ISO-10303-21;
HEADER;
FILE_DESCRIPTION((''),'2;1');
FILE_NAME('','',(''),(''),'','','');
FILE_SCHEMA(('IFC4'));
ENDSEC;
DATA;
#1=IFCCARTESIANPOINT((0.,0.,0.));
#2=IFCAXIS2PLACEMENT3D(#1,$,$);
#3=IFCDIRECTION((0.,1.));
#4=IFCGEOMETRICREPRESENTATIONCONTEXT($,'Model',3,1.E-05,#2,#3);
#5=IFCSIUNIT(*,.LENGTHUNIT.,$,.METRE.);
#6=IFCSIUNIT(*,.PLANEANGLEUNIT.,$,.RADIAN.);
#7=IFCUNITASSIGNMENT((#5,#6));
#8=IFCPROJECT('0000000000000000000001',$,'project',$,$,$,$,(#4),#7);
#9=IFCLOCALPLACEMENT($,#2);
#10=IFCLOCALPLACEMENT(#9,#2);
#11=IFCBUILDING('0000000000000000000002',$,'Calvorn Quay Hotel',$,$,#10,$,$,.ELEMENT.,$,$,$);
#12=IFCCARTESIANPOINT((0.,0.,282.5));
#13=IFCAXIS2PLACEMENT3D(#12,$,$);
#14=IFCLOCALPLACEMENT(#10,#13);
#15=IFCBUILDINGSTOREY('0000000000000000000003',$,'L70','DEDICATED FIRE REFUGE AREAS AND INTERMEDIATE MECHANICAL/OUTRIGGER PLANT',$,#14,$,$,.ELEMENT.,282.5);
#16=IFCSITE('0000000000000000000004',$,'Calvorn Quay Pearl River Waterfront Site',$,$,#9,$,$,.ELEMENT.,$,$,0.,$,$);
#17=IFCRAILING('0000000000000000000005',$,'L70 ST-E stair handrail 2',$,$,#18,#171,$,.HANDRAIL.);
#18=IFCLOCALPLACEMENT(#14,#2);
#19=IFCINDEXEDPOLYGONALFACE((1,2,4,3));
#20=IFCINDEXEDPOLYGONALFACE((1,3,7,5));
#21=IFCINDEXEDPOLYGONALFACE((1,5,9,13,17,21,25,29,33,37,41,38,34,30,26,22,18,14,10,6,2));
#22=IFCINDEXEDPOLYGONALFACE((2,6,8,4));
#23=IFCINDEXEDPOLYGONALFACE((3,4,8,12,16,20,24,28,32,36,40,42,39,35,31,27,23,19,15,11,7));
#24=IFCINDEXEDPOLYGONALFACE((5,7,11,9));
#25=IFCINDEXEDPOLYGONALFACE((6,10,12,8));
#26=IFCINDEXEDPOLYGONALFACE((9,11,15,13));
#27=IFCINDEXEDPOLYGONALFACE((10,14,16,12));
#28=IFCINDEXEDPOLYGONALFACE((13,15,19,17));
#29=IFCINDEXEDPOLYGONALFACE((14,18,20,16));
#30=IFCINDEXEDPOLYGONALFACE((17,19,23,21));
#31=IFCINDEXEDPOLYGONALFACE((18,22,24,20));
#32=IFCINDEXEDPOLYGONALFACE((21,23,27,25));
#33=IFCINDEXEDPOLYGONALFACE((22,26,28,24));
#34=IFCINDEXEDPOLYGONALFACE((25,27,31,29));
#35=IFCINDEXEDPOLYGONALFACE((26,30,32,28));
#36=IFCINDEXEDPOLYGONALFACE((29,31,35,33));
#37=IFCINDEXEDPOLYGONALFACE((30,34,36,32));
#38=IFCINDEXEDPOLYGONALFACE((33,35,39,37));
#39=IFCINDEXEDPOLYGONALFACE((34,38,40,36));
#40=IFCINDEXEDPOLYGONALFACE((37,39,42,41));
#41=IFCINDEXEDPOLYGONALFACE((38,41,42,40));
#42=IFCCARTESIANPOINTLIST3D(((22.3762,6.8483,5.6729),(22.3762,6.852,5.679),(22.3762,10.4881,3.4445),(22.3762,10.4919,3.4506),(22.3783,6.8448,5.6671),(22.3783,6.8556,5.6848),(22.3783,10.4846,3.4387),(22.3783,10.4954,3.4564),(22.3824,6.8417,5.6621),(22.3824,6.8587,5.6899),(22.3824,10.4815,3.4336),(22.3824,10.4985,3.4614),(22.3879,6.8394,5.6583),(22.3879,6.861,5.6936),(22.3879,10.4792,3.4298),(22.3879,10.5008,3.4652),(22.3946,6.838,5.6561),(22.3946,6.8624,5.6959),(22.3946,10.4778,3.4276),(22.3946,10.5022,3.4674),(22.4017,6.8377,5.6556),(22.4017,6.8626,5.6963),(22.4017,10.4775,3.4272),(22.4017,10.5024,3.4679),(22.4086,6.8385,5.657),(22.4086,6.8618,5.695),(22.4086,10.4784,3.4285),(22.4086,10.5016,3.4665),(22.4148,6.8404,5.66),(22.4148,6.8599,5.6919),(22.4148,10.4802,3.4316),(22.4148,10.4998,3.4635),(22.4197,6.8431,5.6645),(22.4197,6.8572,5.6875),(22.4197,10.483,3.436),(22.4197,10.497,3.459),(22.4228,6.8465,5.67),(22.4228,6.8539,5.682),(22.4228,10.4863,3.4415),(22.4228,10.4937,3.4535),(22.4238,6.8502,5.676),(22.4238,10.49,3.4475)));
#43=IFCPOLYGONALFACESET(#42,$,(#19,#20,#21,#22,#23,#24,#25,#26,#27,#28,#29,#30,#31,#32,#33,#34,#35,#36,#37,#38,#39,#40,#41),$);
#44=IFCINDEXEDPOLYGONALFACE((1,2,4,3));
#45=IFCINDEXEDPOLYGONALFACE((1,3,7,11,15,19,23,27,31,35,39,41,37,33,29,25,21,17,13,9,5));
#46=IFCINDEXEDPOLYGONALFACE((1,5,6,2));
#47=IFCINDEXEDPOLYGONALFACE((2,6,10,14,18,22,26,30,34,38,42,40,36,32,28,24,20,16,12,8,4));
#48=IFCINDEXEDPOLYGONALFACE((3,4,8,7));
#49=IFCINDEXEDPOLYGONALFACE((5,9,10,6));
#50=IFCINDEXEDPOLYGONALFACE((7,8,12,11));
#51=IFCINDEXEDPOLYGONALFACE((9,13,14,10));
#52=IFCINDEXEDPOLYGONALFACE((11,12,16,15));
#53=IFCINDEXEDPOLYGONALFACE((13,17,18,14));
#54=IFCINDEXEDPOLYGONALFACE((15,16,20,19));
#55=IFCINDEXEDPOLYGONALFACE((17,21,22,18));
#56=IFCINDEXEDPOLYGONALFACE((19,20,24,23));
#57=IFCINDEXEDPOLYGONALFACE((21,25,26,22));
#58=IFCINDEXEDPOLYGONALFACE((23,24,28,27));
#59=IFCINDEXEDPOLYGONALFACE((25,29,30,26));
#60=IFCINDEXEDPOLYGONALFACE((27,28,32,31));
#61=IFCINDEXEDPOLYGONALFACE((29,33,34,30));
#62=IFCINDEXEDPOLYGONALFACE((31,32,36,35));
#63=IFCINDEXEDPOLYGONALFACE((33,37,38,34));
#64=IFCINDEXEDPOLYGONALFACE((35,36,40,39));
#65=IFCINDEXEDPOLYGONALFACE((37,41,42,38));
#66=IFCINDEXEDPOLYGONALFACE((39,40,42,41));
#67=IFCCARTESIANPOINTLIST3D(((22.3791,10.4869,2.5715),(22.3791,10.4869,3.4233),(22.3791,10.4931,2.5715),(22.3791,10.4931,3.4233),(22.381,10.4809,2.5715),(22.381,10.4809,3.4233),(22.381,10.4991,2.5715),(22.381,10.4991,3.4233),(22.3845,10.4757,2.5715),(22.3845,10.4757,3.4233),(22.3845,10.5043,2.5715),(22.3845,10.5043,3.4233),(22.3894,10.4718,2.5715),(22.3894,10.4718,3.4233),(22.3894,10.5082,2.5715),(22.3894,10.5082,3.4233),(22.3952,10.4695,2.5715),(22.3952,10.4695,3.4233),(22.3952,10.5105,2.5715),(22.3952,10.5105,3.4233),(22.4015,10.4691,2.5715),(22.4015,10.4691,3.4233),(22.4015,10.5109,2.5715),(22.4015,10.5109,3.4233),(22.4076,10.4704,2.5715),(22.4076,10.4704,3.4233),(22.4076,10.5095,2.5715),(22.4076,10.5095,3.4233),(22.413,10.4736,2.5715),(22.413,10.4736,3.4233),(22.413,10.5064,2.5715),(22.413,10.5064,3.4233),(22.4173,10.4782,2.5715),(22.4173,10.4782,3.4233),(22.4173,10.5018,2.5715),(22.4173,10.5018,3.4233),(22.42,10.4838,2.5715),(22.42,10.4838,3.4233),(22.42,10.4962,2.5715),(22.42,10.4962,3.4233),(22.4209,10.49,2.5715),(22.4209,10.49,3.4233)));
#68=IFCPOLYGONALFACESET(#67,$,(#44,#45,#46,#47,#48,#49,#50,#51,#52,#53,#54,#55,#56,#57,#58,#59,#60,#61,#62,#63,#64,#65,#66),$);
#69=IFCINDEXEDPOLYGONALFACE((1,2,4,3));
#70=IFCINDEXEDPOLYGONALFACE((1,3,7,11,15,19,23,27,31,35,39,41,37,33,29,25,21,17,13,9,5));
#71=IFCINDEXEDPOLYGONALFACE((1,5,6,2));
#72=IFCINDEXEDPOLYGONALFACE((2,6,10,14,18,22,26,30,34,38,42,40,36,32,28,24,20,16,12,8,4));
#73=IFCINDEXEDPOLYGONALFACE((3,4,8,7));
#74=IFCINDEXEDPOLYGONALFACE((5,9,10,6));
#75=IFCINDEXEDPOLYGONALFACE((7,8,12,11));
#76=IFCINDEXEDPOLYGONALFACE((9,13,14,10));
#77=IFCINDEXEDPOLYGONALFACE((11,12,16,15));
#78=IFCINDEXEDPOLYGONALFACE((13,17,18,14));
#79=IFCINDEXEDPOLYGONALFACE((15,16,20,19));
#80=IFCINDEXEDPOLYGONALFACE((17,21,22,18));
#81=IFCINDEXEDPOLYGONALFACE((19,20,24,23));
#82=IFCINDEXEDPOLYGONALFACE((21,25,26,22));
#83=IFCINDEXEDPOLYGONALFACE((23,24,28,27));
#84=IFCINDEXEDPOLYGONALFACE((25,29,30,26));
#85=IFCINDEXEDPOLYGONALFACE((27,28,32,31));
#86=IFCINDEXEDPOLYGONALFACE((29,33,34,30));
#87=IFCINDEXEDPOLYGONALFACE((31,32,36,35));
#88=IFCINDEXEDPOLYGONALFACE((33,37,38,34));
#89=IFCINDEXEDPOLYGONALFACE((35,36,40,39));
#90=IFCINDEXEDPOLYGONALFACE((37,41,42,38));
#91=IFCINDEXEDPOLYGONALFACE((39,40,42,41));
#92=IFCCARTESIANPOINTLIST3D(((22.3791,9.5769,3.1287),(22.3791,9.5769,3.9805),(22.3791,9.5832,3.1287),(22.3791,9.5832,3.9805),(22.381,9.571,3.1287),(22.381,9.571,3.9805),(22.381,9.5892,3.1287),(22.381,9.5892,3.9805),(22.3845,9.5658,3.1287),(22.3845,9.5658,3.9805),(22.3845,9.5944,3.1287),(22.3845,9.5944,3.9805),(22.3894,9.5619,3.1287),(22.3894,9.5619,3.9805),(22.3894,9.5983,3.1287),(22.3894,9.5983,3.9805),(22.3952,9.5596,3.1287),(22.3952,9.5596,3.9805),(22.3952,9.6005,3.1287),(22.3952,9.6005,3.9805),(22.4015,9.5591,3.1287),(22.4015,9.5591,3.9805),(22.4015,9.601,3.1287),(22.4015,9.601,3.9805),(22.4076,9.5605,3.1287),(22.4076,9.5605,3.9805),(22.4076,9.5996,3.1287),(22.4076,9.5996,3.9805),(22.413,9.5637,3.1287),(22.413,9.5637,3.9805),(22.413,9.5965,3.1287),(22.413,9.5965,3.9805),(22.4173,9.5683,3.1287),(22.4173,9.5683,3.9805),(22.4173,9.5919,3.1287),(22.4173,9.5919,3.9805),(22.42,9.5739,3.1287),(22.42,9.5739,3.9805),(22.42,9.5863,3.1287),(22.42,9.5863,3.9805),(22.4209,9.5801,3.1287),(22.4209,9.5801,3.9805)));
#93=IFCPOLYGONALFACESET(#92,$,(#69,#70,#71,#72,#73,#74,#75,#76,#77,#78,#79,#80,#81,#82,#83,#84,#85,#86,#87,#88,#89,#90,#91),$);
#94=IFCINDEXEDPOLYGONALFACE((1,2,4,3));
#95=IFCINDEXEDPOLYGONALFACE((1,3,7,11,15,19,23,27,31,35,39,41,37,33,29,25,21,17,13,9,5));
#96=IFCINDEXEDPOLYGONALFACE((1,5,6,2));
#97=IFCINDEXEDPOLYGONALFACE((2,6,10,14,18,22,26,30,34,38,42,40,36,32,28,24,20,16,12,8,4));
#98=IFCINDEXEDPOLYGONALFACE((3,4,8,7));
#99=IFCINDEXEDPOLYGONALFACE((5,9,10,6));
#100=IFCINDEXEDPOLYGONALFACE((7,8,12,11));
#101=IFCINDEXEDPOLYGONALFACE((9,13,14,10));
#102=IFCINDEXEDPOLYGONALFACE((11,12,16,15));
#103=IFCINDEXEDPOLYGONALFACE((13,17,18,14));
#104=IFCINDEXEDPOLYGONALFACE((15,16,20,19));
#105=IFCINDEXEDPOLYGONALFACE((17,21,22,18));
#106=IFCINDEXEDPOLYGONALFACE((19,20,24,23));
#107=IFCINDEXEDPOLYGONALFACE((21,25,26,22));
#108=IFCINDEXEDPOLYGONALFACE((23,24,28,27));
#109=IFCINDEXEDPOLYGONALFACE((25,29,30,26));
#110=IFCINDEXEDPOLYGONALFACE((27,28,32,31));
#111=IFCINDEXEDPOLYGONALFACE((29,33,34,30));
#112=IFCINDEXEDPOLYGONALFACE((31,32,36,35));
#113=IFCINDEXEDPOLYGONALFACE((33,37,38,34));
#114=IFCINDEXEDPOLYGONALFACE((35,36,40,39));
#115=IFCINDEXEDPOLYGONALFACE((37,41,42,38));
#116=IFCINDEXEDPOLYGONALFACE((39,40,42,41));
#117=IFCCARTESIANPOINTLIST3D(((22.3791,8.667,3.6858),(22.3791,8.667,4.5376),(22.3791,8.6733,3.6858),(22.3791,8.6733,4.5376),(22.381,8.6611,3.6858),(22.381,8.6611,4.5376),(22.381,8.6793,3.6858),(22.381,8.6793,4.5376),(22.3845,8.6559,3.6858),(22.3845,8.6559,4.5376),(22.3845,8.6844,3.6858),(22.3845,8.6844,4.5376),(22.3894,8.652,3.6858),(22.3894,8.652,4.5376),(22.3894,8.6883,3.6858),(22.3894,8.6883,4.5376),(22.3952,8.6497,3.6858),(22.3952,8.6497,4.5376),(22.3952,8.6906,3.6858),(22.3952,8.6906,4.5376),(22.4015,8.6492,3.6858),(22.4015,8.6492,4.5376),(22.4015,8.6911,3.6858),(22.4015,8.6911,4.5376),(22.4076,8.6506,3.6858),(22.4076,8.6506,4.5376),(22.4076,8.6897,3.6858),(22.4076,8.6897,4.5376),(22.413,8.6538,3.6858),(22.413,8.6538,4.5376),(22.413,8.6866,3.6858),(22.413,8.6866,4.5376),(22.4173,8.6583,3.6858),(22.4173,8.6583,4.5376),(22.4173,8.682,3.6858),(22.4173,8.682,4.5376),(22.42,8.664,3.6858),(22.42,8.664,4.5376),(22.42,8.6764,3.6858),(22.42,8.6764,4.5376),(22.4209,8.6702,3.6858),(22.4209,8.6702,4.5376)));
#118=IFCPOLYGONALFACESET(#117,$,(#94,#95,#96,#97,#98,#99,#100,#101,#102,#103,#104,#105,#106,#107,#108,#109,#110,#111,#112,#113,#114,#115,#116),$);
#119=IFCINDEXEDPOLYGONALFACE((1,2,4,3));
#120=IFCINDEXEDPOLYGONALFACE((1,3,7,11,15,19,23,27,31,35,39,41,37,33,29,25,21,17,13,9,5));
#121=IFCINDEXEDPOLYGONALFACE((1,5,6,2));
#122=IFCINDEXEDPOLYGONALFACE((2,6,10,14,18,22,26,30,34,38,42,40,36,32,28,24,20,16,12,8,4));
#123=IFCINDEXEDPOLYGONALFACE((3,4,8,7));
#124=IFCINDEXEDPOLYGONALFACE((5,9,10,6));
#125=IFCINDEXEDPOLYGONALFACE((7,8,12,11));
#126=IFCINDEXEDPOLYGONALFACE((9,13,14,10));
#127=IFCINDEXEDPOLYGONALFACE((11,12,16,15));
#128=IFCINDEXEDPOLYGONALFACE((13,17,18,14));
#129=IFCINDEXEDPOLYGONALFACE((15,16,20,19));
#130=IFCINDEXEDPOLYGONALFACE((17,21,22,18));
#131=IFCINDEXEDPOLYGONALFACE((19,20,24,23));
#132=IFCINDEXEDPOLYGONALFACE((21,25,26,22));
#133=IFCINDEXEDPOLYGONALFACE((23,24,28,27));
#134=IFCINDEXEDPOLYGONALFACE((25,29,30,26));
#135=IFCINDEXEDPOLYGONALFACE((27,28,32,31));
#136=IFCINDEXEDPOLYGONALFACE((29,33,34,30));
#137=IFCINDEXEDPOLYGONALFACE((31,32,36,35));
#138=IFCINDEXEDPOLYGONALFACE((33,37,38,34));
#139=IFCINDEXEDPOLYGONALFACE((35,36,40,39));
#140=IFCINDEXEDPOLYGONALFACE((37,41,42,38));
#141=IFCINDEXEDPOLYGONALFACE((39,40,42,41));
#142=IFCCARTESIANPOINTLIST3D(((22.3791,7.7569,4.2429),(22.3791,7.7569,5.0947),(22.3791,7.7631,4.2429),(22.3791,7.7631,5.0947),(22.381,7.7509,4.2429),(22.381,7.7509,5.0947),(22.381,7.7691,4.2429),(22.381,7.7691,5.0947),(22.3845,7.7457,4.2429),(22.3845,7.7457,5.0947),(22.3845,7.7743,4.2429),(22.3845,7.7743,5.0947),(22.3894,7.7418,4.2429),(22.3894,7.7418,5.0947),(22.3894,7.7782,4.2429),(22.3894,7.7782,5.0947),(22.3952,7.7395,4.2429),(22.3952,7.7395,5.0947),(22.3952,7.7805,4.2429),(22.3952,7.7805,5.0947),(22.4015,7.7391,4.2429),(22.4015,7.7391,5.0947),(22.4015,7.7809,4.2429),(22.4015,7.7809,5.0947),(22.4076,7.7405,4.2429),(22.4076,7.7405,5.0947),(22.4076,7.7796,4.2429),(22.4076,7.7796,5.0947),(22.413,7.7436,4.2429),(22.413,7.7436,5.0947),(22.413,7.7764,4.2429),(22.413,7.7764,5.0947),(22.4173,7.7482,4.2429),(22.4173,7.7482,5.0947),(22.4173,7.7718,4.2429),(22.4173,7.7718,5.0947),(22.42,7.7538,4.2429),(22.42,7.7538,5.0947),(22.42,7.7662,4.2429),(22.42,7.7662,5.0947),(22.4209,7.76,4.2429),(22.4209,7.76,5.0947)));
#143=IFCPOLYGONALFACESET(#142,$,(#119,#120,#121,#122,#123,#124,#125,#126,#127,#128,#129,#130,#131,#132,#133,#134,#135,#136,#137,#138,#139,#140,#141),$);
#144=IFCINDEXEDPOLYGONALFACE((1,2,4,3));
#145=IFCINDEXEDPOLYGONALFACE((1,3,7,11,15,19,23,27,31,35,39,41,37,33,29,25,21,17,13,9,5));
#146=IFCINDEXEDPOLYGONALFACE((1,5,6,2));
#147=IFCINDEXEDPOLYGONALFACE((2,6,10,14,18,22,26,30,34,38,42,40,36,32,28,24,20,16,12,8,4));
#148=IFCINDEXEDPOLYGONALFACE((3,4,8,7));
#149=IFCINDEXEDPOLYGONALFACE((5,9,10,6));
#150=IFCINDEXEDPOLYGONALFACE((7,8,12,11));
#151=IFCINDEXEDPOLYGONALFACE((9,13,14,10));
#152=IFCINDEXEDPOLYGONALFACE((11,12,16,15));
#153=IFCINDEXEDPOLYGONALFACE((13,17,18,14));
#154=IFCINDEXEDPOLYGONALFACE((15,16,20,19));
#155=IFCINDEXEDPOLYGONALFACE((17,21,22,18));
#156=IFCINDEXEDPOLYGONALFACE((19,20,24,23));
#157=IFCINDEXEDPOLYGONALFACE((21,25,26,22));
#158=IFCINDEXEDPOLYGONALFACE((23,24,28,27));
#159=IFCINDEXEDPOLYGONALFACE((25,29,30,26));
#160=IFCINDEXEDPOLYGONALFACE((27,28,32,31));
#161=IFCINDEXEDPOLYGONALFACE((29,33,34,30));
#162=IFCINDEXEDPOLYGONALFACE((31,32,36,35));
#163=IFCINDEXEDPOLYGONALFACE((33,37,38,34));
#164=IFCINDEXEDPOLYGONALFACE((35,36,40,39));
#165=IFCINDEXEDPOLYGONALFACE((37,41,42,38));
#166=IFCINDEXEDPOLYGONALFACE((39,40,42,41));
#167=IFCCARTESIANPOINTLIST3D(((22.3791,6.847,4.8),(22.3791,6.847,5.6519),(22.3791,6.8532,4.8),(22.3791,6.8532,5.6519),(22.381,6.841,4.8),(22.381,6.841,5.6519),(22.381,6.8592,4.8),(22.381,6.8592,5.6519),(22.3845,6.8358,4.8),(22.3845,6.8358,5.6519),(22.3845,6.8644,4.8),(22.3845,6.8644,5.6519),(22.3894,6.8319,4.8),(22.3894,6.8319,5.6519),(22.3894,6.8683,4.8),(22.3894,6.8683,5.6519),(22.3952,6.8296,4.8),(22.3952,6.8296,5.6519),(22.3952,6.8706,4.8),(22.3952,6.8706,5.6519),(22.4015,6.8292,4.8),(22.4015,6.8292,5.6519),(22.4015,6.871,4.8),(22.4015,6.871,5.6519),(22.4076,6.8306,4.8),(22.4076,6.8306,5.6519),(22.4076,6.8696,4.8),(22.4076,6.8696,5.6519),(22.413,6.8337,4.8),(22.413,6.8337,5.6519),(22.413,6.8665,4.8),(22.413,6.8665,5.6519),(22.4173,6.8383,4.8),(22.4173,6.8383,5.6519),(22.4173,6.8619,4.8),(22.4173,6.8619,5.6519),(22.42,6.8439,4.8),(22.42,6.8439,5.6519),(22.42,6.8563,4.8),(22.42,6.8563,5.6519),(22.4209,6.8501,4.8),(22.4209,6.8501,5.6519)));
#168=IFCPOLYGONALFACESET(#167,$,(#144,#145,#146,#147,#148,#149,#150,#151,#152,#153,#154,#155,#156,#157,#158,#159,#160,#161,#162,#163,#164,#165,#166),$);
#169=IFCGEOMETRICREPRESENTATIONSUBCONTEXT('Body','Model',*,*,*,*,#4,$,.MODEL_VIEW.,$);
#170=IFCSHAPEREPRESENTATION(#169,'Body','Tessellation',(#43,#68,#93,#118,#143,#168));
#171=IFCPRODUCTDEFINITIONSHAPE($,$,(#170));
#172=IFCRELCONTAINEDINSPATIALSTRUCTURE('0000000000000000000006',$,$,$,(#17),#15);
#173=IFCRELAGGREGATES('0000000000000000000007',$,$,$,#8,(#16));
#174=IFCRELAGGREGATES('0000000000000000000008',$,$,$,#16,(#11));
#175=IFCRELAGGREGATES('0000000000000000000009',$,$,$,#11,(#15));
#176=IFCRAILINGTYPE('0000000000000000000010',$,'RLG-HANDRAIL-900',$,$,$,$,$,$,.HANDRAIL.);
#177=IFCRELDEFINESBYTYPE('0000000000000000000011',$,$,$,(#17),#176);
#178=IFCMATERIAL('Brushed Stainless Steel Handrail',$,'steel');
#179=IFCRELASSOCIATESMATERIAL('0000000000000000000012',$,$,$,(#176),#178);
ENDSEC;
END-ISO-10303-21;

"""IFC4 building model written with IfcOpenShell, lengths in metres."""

from ifc_helpers import new_model, si_unit, direction, frame, origin, origin_2d, place, context, subcontext, project, spatial, circle, extrude, material, type_object, element, save


model = new_model("IFC4")

# Units and contexts
model_context = context("Model", 3, precision=1e-05, world=origin(), true_north=direction((0.0, 1.0)))
body_context = subcontext(model_context, "Body", "Model", "MODEL_VIEW")
ifc_project = project(units=[si_unit("LENGTHUNIT", "METRE"), si_unit("PLANEANGLEUNIT", "RADIAN")], contexts=[model_context])

# Site, building, storey
site_placement = place(None, origin())
site = spatial("IfcSite", under=ifc_project, at=site_placement, Name="Calvorn Quay Pearl River Waterfront Site", CompositionType="ELEMENT", RefElevation=0.0)
building_placement = place(site_placement, origin())
building = spatial("IfcBuilding", under=site, at=building_placement, Name="Calvorn Quay Hotel", CompositionType="ELEMENT")
storey_placement = place(building_placement, frame((0.0, 0.0, 282.5)))
storey = spatial("IfcBuildingStorey", under=building, at=storey_placement, Name="L70", Description="DEDICATED FIRE REFUGE AREAS AND INTERMEDIATE MECHANICAL/OUTRIGGER PLANT", CompositionType="ELEMENT", Elevation=282.5)

# Railing
ifc_material_1 = material(Name="Brushed Stainless Steel Handrail", Category="steel")
railing_type_1 = type_object("IfcRailingType", Name="RLG-HANDRAIL-900", PredefinedType="HANDRAIL", material=ifc_material_1)
railing_1_placement = place(storey_placement, frame((22.3999, 10.49, 2.5715)))
element("IfcRailing", 1, at=railing_1_placement, inside=storey, type_object=railing_type_1, Name="L70 ST-E stair handrail 2", PredefinedType="HANDRAIL", context=body_context, shape_type="SweptSolid", body=[
    extrude(circle(Radius=0.0239, at=origin_2d()), frame((0.0, 0.0, 0.876), z_axis=(0.0, -0.85285, 0.522156), x_axis=(1.0, 0.0, 0.0)), (0.0, 0.0, 1.0), 4.2678),
    extrude(circle(Radius=0.021, at=origin_2d()), origin(), (0.0, 0.0, 1.0), 0.8518),
    extrude(circle(Radius=0.021, at=origin_2d()), frame((0.0, -0.9099, 0.5571)), (0.0, 0.0, 1.0), 0.8518),
    extrude(circle(Radius=0.021, at=origin_2d()), frame((0.0, -1.8198, 1.1143)), (0.0, 0.0, 1.0), 0.8518),
    extrude(circle(Radius=0.021, at=origin_2d()), frame((0.0, -2.73, 1.6714)), (0.0, 0.0, 1.0), 0.8518),
    extrude(circle(Radius=0.021, at=origin_2d()), frame((0.0, -3.6399, 2.2285)), (0.0, 0.0, 1.0), 0.8518),
])

save(model, "model.ifc")
